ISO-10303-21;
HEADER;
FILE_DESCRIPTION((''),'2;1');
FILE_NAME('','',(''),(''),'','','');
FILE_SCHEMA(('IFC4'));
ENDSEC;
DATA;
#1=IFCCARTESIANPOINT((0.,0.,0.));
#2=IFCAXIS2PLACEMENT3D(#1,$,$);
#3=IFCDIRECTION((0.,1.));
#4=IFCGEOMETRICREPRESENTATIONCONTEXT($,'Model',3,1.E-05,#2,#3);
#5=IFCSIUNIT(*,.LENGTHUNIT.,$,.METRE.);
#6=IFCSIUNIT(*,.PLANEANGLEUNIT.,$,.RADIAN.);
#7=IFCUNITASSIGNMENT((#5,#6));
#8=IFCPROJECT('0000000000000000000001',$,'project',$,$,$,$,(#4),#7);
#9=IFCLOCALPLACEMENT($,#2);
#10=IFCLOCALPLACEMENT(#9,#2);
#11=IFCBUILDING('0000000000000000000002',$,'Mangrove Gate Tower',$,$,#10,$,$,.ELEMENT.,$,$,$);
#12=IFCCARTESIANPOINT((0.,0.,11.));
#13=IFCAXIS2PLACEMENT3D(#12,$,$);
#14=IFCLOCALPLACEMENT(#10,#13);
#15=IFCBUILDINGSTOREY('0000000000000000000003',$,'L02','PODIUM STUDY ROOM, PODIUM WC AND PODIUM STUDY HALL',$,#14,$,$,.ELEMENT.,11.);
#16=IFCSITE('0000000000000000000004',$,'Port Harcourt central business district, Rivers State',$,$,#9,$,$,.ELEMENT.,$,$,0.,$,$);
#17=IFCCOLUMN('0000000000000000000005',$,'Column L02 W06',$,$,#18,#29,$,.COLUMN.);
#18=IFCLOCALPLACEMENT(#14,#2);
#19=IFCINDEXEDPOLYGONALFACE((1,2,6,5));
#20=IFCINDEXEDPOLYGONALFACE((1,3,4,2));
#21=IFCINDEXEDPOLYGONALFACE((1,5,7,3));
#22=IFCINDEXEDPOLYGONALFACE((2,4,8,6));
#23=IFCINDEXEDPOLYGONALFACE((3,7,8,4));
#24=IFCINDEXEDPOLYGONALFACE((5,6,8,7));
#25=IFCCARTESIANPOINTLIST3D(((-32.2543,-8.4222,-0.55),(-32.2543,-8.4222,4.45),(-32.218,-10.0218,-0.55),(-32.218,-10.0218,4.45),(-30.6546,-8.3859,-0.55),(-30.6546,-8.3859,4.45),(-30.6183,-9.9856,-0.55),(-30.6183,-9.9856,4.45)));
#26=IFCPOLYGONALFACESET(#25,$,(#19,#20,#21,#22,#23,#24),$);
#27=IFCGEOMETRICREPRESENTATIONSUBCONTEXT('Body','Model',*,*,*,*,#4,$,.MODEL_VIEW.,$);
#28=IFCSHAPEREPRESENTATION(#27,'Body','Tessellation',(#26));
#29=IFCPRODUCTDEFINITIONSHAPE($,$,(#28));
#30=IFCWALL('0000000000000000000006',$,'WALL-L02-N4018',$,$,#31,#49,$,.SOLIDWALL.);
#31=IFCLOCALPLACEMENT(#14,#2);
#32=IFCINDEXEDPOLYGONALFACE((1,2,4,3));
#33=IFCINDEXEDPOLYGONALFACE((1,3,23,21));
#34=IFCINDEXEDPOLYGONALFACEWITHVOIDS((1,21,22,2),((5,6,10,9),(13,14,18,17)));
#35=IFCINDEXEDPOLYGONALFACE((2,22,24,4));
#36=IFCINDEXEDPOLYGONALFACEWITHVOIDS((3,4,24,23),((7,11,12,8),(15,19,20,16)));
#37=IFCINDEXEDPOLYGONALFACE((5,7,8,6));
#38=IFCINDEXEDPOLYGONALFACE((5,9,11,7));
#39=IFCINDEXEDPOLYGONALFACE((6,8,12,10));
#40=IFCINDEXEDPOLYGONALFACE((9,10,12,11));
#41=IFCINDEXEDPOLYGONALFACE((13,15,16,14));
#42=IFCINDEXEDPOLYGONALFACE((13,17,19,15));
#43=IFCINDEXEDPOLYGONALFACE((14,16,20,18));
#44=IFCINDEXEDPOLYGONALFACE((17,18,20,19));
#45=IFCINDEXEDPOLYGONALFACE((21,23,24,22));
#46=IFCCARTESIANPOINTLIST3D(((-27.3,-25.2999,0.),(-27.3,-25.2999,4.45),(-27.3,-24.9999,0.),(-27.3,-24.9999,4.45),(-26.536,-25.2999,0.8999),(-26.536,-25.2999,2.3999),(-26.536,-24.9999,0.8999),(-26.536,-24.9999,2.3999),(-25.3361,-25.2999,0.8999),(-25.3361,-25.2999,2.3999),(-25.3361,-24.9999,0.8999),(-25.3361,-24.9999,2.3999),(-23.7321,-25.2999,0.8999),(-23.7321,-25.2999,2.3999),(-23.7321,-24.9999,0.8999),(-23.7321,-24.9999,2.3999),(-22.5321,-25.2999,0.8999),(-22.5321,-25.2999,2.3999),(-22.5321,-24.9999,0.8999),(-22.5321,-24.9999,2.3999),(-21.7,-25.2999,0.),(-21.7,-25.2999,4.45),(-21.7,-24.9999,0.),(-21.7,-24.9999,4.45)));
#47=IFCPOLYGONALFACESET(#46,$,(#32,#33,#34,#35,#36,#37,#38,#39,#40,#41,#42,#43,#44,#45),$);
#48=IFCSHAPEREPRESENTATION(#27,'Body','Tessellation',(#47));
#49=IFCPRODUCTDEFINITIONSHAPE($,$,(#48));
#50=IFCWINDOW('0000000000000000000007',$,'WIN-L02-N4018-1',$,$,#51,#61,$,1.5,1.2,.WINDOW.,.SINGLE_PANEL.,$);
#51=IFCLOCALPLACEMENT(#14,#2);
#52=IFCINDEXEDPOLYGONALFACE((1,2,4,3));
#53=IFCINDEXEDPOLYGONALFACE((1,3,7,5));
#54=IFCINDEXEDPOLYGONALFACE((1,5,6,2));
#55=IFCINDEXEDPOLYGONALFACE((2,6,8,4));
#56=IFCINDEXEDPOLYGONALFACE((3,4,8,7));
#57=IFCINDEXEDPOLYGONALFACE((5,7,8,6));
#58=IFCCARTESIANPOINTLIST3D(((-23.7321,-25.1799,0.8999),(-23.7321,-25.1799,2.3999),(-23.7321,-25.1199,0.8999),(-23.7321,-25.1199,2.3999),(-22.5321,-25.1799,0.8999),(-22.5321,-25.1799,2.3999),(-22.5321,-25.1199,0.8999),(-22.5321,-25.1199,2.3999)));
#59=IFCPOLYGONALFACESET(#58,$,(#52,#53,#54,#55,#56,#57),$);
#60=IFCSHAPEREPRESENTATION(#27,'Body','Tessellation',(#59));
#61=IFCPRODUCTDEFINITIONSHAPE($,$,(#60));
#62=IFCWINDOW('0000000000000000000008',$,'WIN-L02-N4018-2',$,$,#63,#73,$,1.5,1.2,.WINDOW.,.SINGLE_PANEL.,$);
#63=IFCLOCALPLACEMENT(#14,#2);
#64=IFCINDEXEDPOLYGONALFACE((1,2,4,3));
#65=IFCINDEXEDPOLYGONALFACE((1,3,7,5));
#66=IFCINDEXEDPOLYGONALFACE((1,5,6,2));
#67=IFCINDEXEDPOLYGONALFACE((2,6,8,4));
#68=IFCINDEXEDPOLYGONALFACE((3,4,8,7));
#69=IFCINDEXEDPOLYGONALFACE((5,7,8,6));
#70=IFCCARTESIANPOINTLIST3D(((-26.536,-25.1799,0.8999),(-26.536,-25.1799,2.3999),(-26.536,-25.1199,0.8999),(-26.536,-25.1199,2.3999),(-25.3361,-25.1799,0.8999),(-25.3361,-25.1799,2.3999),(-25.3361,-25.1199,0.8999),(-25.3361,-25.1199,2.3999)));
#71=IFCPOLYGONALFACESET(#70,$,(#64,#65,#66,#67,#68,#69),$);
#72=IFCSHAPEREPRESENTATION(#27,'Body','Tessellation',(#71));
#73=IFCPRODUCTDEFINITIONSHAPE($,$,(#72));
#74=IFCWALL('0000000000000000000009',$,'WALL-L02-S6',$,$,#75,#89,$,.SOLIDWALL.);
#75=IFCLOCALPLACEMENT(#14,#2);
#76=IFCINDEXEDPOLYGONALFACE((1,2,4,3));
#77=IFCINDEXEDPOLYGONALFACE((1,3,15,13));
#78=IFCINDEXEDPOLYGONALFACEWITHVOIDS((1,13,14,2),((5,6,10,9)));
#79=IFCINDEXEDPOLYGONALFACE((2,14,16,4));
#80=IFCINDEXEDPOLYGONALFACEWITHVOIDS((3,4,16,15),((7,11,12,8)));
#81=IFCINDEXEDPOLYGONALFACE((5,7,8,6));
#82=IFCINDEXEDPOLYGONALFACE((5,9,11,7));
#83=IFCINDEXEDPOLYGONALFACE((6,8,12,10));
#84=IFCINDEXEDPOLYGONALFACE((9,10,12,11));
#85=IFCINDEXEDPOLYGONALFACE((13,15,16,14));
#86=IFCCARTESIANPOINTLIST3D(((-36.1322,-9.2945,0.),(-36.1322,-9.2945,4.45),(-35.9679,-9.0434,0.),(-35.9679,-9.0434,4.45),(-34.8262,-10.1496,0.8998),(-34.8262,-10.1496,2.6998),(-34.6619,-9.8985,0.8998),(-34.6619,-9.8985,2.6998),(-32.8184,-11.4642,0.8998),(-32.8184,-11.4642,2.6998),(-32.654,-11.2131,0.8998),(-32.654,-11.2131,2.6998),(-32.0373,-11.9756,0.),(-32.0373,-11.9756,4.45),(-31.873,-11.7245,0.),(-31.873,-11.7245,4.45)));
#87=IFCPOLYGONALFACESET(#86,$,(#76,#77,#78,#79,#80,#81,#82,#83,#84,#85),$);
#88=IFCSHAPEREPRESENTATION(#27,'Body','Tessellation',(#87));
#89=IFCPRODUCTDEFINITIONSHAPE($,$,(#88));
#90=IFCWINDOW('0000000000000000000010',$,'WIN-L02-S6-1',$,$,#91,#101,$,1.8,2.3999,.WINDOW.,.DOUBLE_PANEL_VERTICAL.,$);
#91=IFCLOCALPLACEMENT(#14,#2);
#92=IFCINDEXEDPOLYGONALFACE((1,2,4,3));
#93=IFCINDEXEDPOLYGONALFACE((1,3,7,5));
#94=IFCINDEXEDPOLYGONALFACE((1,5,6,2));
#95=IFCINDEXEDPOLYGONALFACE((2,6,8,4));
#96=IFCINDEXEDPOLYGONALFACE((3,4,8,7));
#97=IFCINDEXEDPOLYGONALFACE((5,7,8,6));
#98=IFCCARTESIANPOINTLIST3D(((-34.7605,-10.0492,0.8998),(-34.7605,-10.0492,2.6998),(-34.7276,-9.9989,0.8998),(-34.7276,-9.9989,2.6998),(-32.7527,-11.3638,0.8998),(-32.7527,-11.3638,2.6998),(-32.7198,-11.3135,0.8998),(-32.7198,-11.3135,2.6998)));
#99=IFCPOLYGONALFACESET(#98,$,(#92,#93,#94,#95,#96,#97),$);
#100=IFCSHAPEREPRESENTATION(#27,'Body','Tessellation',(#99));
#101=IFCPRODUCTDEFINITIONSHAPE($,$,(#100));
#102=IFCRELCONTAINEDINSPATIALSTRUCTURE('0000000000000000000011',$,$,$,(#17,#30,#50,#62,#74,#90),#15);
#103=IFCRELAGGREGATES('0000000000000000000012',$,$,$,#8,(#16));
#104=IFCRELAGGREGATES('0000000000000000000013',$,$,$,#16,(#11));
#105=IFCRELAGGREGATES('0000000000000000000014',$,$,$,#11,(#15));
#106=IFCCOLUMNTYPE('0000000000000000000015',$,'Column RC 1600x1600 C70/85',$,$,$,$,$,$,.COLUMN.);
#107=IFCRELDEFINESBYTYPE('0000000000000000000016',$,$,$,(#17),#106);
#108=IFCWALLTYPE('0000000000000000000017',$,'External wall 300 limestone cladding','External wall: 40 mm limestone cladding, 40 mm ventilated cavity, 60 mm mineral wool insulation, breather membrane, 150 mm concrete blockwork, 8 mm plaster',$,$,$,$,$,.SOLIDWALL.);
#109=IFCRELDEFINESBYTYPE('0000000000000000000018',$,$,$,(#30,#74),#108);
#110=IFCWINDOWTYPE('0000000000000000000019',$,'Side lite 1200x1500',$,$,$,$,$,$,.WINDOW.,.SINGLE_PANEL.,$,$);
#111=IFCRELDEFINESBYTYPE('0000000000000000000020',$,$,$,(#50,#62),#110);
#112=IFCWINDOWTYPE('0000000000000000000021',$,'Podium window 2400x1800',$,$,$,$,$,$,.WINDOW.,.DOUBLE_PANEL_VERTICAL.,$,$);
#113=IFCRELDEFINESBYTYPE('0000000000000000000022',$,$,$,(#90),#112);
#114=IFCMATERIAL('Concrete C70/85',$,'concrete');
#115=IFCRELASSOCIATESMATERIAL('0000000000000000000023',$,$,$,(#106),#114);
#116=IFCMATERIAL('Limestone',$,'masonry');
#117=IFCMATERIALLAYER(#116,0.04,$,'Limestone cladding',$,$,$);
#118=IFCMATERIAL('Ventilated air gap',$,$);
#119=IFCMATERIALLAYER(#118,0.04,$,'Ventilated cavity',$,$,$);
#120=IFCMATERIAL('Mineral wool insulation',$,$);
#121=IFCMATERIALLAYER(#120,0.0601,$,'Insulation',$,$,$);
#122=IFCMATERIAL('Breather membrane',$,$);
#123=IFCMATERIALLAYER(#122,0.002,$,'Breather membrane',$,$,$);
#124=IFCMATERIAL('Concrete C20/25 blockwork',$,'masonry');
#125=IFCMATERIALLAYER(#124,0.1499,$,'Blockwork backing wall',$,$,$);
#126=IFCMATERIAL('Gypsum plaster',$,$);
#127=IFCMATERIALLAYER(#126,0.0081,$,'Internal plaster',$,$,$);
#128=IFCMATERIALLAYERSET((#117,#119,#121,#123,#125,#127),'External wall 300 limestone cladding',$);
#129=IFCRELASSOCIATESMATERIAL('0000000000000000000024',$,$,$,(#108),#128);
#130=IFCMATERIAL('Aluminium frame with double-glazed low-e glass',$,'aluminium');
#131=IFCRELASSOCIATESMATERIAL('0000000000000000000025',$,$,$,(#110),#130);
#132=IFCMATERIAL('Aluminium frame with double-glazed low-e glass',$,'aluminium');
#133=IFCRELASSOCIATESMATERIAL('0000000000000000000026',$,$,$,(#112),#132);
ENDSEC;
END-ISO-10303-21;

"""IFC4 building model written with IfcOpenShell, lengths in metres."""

from ifc_helpers import new_model, si_unit, direction, frame, frame_2d, origin, origin_2d, place, context, subcontext, project, spatial, rectangle, extrude, material, layer, layer_set, material_profile, profile_set, type_object, element, fill, save


model = new_model("IFC4")

# Units and contexts
model_context = context("Model", 3, precision=1e-05, world=origin(), true_north=direction((0.0, 1.0)))
body_context = subcontext(model_context, "Body", "Model", "MODEL_VIEW")
ifc_project = project(units=[si_unit("LENGTHUNIT", "METRE"), si_unit("PLANEANGLEUNIT", "RADIAN")], contexts=[model_context])

# Site, building, storey
site_placement = place(None, origin())
site = spatial("IfcSite", under=ifc_project, at=site_placement, Name="Port Harcourt central business district, Rivers State", CompositionType="ELEMENT", RefElevation=0.0)
building_placement = place(site_placement, origin())
building = spatial("IfcBuilding", under=site, at=building_placement, Name="Mangrove Gate Tower", CompositionType="ELEMENT")
storey_placement = place(building_placement, frame((0.0, 0.0, 11.0)))
storey = spatial("IfcBuildingStorey", under=building, at=storey_placement, Name="L02", Description="PODIUM STUDY ROOM, PODIUM WC AND PODIUM STUDY HALL", CompositionType="ELEMENT", Elevation=11.0)

# Column
ifc_material_1 = material(Name="Concrete C70/85", Category="concrete")
ifc_material_profile = material_profile(ifc_material_1, rectangle(XDim=1.6001, YDim=1.6001, at=origin_2d()))
ifc_profile_set = profile_set([ifc_material_profile], Name="Concrete C70/85")
column_type = type_object("IfcColumnType", Name="Column RC 1600x1600 C70/85", PredefinedType="COLUMN", material=ifc_profile_set)
column_placement = place(storey_placement, frame((-31.4363, -9.2039, -0.55), z_axis=(0.0, 0.0, 1.0), x_axis=(0.022678, -0.999743, 0.0)))
element("IfcColumn", 1, at=column_placement, inside=storey, type_object=column_type, Name="Column L02 W06", PredefinedType="COLUMN", context=body_context, shape_type="SweptSolid", body=[
    extrude(rectangle(XDim=1.6001, YDim=1.6001, at=origin_2d()), origin(), (0.0, 0.0, 1.0), 5.0),
])

# Wall, openings, windows
ifc_material_2 = material(Name="Limestone", Category="masonry")
ifc_layer_1 = layer(ifc_material_2, 0.04, Name="Limestone cladding")
ifc_material_3 = material(Name="Ventilated air gap")
ifc_layer_2 = layer(ifc_material_3, 0.04, Name="Ventilated cavity")
ifc_material_4 = material(Name="Mineral wool insulation")
ifc_layer_3 = layer(ifc_material_4, 0.0601, Name="Insulation")
ifc_material_5 = material(Name="Breather membrane")
ifc_layer_4 = layer(ifc_material_5, 0.002, Name="Breather membrane")
ifc_material_6 = material(Name="Concrete C20/25 blockwork", Category="masonry")
ifc_layer_5 = layer(ifc_material_6, 0.1499, Name="Blockwork backing wall")
ifc_material_7 = material(Name="Gypsum plaster")
ifc_layer_6 = layer(ifc_material_7, 0.0081, Name="Internal plaster")
ifc_layer_set_1 = layer_set([ifc_layer_1, ifc_layer_2, ifc_layer_3, ifc_layer_4, ifc_layer_5, ifc_layer_6], Name="External wall 300 limestone cladding")
wall_type_1 = type_object("IfcWallType", Name="External wall 300 limestone cladding", Description="External wall: 40 mm limestone cladding, 40 mm ventilated cavity, 60 mm mineral wool insulation, breather membrane, 150 mm concrete blockwork, 8 mm plaster", PredefinedType="SOLIDWALL", material=ifc_layer_set_1)
wall_1_placement = place(storey_placement, frame((-21.7, -25.1499, 0.0), z_axis=(0.0, 0.0, 1.0), x_axis=(-1.0, 0.0, 0.0)))
wall_1 = element("IfcWall", 2, at=wall_1_placement, inside=storey, type_object=wall_type_1, Name="WALL-L02-N4018", PredefinedType="SOLIDWALL", context=body_context, shape_type="SweptSolid", body=[
    extrude(rectangle(XDim=5.6001, YDim=0.3, at=frame_2d((2.8, 0.0))), origin(), (0.0, 0.0, 1.0), 4.45),
])
opening_1_placement = place(wall_1_placement, frame((0.832, 0.0, 0.8999)))
opening_1 = element("IfcOpeningElement", 3, at=opening_1_placement, cuts=wall_1, PredefinedType="OPENING", context=body_context, shape_type="SweptSolid", body=[
    extrude(rectangle(XDim=1.2, YDim=1.5, at=frame_2d((0.6001, 0.75))), frame((0.0, 0.1599, 0.0), z_axis=(0.0, -1.0, 0.0), x_axis=(1.0, 0.0, 0.0)), (0.0, 0.0, 1.0), 0.3201),
])
opening_2_placement = place(wall_1_placement, frame((3.636, 0.0, 0.8999)))
opening_2 = element("IfcOpeningElement", 4, at=opening_2_placement, cuts=wall_1, PredefinedType="OPENING", context=body_context, shape_type="SweptSolid", body=[
    extrude(rectangle(XDim=1.2, YDim=1.5, at=frame_2d((0.6001, 0.75))), frame((0.0, 0.1599, 0.0), z_axis=(0.0, -1.0, 0.0), x_axis=(1.0, 0.0, 0.0)), (0.0, 0.0, 1.0), 0.3201),
])
ifc_material_8 = material(Name="Aluminium frame with double-glazed low-e glass", Category="aluminium")
window_type_1 = type_object("IfcWindowType", Name="Side lite 1200x1500", PartitioningType="SINGLE_PANEL", PredefinedType="WINDOW", material=ifc_material_8)
window_1_placement = place(opening_1_placement, origin())
window_1 = element("IfcWindow", 5, at=window_1_placement, inside=storey, type_object=window_type_1, Name="WIN-L02-N4018-1", OverallHeight=1.5, OverallWidth=1.2, PartitioningType="SINGLE_PANEL", PredefinedType="WINDOW", context=body_context, shape_type="SweptSolid", body=[
    extrude(rectangle(XDim=1.2, YDim=1.5, at=frame_2d((0.6001, 0.75))), frame((0.0, 0.03, 0.0), z_axis=(0.0, -1.0, 0.0), x_axis=(1.0, 0.0, 0.0)), (0.0, 0.0, 1.0), 0.0601),
])
fill(opening_1, window_1)
window_2_placement = place(opening_2_placement, origin())
window_2 = element("IfcWindow", 6, at=window_2_placement, inside=storey, type_object=window_type_1, Name="WIN-L02-N4018-2", OverallHeight=1.5, OverallWidth=1.2, PartitioningType="SINGLE_PANEL", PredefinedType="WINDOW", context=body_context, shape_type="SweptSolid", body=[
    extrude(rectangle(XDim=1.2, YDim=1.5, at=frame_2d((0.6001, 0.75))), frame((0.0, 0.03, 0.0), z_axis=(0.0, -1.0, 0.0), x_axis=(1.0, 0.0, 0.0)), (0.0, 0.0, 1.0), 0.0601),
])
fill(opening_2, window_2)

# Wall, opening, window
wall_2_placement = place(storey_placement, frame((-36.05, -9.1689, 0.0), z_axis=(0.0, 0.0, 1.0), x_axis=(0.836626, -0.547775, 0.0)))
wall_2 = element("IfcWall", 7, at=wall_2_placement, inside=storey, type_object=wall_type_1, Name="WALL-L02-S6", PredefinedType="SOLIDWALL", context=body_context, shape_type="SweptSolid", body=[
    extrude(rectangle(XDim=4.8945, YDim=0.3, at=frame_2d((2.4473, 0.0))), origin(), (0.0, 0.0, 1.0), 4.45),
])
opening_3_placement = place(wall_2_placement, frame((1.561, 0.0, 0.8999)))
opening_3 = element("IfcOpeningElement", 8, at=opening_3_placement, cuts=wall_2, PredefinedType="OPENING", context=body_context, shape_type="SweptSolid", body=[
    extrude(rectangle(XDim=2.3999, YDim=1.8, at=frame_2d((1.2, 0.8999))), frame((0.0, 0.1599, 0.0), z_axis=(0.0, -1.0, 0.0), x_axis=(1.0, 0.0, 0.0)), (0.0, 0.0, 1.0), 0.3201),
])
ifc_material_9 = material(Name="Aluminium frame with double-glazed low-e glass", Category="aluminium")
window_type_2 = type_object("IfcWindowType", Name="Podium window 2400x1800", PartitioningType="DOUBLE_PANEL_VERTICAL", PredefinedType="WINDOW", material=ifc_material_9)
window_3_placement = place(opening_3_placement, origin())
window_3 = element("IfcWindow", 9, at=window_3_placement, inside=storey, type_object=window_type_2, Name="WIN-L02-S6-1", OverallHeight=1.8, OverallWidth=2.3999, PartitioningType="DOUBLE_PANEL_VERTICAL", PredefinedType="WINDOW", context=body_context, shape_type="SweptSolid", body=[
    extrude(rectangle(XDim=2.3999, YDim=1.8, at=frame_2d((1.2, 0.8999))), frame((0.0, 0.03, 0.0), z_axis=(0.0, -1.0, 0.0), x_axis=(1.0, 0.0, 0.0)), (0.0, 0.0, 1.0), 0.0601),
])
fill(opening_3, window_3)

save(model, "model.ifc")
